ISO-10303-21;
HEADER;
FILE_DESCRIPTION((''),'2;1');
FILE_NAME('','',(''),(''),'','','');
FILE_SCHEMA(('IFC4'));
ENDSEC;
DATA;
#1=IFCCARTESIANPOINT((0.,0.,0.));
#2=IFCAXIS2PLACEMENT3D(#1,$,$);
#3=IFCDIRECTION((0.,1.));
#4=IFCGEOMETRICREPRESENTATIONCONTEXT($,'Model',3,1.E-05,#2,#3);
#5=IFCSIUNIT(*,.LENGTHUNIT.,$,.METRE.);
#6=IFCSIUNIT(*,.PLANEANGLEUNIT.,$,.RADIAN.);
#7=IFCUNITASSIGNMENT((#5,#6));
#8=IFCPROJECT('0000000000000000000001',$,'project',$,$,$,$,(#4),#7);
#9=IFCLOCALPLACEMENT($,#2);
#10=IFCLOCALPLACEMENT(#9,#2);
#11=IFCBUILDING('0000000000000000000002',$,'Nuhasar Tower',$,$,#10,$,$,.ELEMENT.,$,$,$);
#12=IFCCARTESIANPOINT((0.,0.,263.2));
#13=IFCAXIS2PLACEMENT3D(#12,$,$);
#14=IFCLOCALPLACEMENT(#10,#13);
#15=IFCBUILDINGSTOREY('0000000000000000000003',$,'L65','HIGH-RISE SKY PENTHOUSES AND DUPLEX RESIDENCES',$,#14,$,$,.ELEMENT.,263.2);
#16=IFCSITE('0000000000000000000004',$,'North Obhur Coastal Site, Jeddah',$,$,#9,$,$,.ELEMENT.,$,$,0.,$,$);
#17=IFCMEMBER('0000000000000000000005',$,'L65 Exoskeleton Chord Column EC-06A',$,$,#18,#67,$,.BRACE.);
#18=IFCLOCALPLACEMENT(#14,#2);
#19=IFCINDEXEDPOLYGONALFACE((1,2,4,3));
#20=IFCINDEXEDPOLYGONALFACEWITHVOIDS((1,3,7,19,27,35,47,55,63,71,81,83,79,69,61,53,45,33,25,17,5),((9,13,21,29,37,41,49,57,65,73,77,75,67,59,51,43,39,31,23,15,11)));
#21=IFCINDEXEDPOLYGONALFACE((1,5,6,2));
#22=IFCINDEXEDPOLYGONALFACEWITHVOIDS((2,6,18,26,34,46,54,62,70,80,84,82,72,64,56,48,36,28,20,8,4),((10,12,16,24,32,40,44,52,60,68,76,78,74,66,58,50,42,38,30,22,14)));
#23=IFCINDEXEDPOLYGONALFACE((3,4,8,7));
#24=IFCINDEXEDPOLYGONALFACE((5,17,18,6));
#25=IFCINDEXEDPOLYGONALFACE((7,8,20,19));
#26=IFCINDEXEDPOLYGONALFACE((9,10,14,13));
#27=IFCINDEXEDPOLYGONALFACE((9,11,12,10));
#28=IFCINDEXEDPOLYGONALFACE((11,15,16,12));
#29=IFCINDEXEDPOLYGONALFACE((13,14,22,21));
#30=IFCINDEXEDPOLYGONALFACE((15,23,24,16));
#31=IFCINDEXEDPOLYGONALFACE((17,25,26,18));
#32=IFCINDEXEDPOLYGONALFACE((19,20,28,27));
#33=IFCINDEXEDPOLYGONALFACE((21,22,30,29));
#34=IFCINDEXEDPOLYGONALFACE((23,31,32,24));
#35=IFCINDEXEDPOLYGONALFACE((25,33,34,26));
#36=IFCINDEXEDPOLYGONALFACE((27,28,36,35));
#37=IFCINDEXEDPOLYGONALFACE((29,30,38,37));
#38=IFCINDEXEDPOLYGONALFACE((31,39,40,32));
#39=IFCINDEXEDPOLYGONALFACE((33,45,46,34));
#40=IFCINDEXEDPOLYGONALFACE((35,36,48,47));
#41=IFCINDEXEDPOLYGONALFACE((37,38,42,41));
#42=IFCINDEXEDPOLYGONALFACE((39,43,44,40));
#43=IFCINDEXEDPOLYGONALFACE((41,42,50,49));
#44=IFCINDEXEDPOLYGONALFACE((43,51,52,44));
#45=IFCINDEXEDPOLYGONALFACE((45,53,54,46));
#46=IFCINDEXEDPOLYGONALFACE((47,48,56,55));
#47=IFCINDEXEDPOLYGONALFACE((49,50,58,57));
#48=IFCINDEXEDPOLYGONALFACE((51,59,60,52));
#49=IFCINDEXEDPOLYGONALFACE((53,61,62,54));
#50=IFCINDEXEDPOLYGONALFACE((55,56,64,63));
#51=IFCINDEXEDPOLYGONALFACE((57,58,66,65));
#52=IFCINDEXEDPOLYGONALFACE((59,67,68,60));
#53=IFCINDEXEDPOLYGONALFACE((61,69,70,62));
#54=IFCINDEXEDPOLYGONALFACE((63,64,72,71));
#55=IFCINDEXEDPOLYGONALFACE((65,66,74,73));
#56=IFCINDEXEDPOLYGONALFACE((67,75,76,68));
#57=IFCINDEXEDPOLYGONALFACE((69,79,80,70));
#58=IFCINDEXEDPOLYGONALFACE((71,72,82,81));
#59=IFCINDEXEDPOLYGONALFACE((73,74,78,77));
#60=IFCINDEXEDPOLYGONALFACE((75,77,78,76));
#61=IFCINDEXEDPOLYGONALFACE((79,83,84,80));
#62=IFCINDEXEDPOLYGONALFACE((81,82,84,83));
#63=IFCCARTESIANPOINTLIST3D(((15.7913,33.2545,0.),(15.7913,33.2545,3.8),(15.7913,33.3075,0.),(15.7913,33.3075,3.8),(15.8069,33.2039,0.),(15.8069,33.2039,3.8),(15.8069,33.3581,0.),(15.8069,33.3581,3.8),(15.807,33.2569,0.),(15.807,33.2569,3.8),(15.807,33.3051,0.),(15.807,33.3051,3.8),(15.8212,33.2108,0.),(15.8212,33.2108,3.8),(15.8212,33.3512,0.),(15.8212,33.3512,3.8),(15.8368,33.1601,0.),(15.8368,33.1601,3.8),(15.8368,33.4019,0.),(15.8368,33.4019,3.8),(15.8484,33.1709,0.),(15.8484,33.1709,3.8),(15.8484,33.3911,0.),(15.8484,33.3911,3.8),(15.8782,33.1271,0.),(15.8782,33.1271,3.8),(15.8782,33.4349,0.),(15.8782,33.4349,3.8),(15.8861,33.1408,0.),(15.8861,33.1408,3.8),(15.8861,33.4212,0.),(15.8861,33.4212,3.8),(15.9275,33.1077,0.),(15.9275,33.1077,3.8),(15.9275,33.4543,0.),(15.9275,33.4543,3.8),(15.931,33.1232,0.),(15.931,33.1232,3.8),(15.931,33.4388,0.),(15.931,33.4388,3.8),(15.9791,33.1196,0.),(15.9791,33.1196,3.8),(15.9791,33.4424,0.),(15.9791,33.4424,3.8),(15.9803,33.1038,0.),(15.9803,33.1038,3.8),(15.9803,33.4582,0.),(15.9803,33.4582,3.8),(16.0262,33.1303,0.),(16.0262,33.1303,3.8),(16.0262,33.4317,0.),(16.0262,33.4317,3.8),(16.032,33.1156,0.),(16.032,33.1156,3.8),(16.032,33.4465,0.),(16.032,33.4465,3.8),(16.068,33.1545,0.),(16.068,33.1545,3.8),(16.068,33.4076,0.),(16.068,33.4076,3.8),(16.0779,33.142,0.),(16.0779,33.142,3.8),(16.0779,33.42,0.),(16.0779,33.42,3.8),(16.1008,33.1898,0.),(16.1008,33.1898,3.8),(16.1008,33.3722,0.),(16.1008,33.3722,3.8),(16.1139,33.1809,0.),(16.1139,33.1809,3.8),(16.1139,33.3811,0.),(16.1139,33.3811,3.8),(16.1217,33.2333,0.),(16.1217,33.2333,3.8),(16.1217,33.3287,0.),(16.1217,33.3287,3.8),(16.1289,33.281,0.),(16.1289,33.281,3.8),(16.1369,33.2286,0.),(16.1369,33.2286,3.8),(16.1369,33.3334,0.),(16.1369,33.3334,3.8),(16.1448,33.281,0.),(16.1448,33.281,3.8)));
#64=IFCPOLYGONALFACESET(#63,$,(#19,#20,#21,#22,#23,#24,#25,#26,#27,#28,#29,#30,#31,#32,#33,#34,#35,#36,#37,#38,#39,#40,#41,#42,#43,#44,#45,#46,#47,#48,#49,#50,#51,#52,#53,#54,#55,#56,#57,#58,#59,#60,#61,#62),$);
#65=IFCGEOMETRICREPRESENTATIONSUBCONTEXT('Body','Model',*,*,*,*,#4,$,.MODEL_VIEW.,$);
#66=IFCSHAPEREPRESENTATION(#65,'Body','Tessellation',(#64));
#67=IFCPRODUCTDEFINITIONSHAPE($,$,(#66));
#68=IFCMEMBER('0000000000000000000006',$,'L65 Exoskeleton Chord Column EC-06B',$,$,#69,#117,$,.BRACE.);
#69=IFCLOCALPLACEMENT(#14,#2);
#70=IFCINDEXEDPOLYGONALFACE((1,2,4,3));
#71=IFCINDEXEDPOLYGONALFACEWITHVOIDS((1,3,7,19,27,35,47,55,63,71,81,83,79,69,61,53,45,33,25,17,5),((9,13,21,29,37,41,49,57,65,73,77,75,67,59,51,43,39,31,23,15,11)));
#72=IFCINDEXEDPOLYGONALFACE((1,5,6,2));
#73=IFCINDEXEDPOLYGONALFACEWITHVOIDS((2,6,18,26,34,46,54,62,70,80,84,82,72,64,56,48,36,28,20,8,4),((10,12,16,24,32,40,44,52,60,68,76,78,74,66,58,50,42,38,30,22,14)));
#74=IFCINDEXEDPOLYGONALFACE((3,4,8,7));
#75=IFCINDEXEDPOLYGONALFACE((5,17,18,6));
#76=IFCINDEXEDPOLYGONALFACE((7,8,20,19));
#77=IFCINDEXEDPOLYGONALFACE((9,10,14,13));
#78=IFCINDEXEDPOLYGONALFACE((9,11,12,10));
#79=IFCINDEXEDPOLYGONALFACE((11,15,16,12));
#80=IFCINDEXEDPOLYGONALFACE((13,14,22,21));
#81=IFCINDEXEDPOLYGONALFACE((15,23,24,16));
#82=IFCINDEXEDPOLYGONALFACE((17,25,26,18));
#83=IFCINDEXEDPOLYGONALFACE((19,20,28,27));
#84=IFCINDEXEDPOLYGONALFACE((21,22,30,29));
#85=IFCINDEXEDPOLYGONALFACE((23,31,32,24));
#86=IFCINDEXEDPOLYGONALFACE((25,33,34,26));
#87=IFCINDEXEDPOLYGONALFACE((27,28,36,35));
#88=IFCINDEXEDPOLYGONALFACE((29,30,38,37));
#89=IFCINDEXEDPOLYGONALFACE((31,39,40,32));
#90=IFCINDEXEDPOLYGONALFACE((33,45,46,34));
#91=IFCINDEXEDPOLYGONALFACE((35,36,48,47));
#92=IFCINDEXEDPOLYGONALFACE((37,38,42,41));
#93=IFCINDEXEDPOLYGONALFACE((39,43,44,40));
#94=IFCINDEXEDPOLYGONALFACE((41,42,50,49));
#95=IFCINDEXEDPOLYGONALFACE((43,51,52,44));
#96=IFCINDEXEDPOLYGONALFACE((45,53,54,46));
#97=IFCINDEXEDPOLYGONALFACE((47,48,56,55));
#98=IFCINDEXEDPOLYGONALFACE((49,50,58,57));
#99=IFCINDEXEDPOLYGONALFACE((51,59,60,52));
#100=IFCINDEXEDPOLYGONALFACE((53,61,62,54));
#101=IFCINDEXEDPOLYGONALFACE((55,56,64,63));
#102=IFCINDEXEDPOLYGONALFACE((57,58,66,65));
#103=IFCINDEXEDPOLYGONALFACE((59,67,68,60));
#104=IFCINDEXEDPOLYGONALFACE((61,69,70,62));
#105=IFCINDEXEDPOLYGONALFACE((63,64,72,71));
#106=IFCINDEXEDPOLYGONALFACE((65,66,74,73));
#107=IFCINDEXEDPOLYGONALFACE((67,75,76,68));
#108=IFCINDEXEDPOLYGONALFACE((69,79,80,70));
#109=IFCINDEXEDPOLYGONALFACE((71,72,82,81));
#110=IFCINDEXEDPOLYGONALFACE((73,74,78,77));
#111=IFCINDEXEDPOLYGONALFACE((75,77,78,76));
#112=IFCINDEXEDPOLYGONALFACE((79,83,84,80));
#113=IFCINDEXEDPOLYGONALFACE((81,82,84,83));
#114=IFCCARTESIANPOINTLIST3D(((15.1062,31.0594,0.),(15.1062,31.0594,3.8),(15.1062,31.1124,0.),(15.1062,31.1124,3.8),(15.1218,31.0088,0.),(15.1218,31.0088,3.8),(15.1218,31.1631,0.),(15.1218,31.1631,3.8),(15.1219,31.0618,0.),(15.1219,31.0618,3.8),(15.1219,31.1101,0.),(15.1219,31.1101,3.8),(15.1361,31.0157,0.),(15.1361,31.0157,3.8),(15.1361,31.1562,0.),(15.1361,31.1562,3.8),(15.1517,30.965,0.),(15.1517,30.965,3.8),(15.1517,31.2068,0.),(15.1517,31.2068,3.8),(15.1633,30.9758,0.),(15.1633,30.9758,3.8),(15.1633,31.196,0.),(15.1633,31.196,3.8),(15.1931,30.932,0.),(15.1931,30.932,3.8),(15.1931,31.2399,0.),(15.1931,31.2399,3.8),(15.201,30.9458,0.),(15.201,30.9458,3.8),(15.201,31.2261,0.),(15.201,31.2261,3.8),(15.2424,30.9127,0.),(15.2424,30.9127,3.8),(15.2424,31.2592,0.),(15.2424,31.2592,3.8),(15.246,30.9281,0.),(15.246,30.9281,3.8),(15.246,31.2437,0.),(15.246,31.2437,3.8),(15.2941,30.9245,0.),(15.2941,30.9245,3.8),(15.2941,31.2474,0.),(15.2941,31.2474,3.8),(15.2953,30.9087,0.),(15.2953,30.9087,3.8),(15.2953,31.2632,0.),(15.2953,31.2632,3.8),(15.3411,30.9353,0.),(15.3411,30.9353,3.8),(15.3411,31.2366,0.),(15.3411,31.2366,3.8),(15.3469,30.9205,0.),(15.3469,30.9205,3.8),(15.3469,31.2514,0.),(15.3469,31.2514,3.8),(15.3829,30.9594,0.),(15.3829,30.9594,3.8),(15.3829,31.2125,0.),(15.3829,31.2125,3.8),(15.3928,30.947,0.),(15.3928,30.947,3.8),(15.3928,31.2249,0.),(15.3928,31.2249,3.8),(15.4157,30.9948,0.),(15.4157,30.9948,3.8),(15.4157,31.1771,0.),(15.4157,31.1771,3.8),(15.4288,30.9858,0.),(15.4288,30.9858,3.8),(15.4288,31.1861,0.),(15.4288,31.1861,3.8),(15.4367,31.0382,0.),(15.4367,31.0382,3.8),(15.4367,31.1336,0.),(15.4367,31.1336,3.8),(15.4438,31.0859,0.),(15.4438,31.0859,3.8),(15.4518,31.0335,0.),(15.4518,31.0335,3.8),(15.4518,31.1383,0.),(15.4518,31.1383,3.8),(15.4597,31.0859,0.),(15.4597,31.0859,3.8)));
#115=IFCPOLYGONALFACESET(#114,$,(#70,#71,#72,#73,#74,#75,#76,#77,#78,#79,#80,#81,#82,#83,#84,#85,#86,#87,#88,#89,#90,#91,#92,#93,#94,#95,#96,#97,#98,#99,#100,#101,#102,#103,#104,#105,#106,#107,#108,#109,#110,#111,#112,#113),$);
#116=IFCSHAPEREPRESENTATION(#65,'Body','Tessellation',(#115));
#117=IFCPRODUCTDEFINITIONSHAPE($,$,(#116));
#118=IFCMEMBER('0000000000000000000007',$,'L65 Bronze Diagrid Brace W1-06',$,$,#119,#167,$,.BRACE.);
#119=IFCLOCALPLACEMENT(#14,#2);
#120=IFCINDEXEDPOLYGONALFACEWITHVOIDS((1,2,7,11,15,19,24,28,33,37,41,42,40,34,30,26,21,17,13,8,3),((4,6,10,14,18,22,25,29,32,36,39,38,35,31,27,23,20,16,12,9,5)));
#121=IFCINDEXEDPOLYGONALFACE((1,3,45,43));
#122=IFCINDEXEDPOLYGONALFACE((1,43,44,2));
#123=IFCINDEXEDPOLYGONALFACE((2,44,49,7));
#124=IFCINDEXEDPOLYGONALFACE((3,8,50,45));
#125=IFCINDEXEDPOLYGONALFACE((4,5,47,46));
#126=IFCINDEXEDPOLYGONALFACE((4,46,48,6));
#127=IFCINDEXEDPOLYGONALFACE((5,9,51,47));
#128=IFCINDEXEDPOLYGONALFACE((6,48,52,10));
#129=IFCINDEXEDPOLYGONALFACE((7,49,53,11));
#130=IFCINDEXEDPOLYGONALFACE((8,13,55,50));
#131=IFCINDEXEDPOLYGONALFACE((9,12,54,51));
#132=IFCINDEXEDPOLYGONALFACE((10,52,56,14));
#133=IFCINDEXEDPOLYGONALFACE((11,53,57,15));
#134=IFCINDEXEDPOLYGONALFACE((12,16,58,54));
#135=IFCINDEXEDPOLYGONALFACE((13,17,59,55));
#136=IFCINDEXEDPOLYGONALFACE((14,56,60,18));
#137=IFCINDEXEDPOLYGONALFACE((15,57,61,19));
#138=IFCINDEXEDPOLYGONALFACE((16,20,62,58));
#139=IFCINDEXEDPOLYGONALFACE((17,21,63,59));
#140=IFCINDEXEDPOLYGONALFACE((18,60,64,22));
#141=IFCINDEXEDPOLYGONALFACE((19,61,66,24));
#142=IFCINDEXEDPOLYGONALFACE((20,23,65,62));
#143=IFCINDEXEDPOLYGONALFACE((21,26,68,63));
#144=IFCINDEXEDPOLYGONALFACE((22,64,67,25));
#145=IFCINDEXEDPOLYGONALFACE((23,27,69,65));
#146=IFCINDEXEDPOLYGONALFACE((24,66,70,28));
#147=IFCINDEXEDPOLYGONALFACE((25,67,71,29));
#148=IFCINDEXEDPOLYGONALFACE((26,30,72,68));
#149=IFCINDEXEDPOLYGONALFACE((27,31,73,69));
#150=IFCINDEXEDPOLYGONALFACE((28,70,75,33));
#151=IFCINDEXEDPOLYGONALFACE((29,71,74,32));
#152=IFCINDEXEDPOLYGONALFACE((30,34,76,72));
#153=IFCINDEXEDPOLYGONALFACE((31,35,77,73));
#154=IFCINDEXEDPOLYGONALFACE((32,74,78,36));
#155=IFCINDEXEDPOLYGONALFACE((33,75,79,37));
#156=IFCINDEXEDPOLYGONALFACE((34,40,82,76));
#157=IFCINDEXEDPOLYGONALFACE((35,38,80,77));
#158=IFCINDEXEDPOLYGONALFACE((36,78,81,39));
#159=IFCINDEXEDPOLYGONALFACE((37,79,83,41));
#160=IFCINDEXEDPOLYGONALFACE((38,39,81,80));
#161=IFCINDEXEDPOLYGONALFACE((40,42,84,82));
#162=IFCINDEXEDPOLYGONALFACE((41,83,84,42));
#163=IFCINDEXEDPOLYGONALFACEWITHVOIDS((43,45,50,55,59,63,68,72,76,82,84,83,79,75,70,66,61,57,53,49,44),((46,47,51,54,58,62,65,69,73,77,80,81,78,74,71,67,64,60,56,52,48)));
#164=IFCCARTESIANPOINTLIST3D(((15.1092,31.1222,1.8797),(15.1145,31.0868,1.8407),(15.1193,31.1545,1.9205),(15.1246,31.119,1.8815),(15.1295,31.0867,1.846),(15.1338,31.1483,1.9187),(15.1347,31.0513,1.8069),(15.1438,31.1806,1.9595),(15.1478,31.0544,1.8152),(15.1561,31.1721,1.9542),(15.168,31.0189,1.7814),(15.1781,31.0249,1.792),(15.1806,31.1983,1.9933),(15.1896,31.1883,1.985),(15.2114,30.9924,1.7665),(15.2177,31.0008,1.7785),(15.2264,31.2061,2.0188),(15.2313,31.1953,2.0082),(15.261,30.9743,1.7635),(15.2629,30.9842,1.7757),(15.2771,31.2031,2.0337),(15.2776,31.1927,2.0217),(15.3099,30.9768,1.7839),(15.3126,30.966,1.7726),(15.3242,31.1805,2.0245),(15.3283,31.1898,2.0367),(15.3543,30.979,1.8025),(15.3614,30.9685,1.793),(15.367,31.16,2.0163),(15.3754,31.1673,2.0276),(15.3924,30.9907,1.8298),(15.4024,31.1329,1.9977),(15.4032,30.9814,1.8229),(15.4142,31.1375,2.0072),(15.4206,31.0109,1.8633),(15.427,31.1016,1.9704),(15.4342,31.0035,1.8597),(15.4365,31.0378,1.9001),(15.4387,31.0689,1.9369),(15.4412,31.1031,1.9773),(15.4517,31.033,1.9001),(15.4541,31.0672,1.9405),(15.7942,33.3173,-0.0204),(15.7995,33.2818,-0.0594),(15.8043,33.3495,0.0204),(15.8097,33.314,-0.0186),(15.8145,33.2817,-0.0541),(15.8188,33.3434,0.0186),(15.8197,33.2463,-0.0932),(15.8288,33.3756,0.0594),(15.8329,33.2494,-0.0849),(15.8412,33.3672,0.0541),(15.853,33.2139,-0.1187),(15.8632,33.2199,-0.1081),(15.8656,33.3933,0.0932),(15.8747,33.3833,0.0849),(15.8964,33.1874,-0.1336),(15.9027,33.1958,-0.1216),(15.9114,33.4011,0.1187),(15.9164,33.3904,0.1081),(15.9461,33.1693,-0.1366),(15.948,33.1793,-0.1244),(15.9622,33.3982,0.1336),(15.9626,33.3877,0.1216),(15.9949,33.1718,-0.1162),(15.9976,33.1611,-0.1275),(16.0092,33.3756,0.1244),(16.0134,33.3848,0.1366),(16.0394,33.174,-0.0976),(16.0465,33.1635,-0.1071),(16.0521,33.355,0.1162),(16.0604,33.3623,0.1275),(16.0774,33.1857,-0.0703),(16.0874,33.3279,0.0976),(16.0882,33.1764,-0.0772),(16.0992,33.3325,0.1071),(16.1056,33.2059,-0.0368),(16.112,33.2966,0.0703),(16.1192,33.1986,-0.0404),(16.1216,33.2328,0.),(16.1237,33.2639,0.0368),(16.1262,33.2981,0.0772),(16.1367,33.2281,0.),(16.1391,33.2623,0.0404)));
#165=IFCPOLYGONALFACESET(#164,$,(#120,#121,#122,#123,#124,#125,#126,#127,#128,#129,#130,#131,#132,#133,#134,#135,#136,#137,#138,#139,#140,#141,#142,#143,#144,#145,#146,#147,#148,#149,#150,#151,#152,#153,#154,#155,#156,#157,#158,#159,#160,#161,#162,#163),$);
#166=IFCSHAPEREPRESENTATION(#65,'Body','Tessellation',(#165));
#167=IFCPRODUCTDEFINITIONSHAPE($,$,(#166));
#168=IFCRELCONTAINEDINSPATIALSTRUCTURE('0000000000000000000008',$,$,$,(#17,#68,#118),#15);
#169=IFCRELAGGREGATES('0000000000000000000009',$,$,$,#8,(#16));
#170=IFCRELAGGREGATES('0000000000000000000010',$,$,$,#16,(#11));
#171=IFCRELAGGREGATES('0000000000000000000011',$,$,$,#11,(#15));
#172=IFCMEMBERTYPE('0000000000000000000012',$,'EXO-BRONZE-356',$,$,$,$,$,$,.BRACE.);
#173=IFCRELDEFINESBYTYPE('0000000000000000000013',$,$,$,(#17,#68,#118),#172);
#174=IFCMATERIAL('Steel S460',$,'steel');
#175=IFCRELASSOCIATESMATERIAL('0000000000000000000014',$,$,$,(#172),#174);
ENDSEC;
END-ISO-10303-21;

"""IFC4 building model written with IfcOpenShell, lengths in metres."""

from ifc_helpers import new_model, si_unit, direction, frame, origin, origin_2d, place, context, subcontext, project, spatial, hollow_circle, extrude, material, material_profile, profile_set, type_object, element, save


model = new_model("IFC4")

# Units and contexts
model_context = context("Model", 3, precision=1e-05, world=origin(), true_north=direction((0.0, 1.0)))
body_context = subcontext(model_context, "Body", "Model", "MODEL_VIEW")
ifc_project = project(units=[si_unit("LENGTHUNIT", "METRE"), si_unit("PLANEANGLEUNIT", "RADIAN")], contexts=[model_context])

# Site, building, storey
site_placement = place(None, origin())
site = spatial("IfcSite", under=ifc_project, at=site_placement, Name="North Obhur Coastal Site, Jeddah", CompositionType="ELEMENT", RefElevation=0.0)
building_placement = place(site_placement, origin())
building = spatial("IfcBuilding", under=site, at=building_placement, Name="Nuhasar Tower", CompositionType="ELEMENT")
storey_placement = place(building_placement, frame((0.0, 0.0, 263.2)))
storey = spatial("IfcBuildingStorey", under=building, at=storey_placement, Name="L65", Description="HIGH-RISE SKY PENTHOUSES AND DUPLEX RESIDENCES", CompositionType="ELEMENT", Elevation=263.2)

# Members
ifc_material_1 = material(Name="Steel S460", Category="steel")
ifc_material_profile_1 = material_profile(ifc_material_1, hollow_circle(Radius=0.1777, WallThickness=0.0159, at=origin_2d()), Name="HSS355.6X15.9")
ifc_profile_set_1 = profile_set([ifc_material_profile_1], Name="Steel S460")
member_type_1 = type_object("IfcMemberType", Name="EXO-BRONZE-356", PredefinedType="BRACE", material=ifc_profile_set_1)
for number, where, z_axis, x_axis, name in (
    (1, (15.967, 33.281, 0.0), (0.0, 0.0, 1.0), (1.0, 0.0, 0.0), "L65 Exoskeleton Chord Column EC-06A"),
    (2, (15.282, 31.0859, 0.0), (0.0, 0.0, 1.0), (1.0, 0.0, 0.0), "L65 Exoskeleton Chord Column EC-06B"),
):
    element("IfcMember", number, at=place(storey_placement, frame(where, z_axis=z_axis, x_axis=x_axis)), inside=storey, type_object=member_type_1, Name=name, PredefinedType="BRACE", context=body_context, shape_type="SweptSolid", body=[
        extrude(hollow_circle(Radius=0.1777, WallThickness=0.0159, at=origin_2d()), origin(), (0.0, 0.0, 1.0), 3.8),
    ])
for number, where, z_axis, x_axis, name in (
    (3, (15.967, 33.281, 0.0), (-0.229656, -0.735864, 0.636995), (0.954591, -0.297918, 0.0), "L65 Bronze Diagrid Brace W1-06"),
):
    element("IfcMember", number, at=place(storey_placement, frame(where, z_axis=z_axis, x_axis=x_axis)), inside=storey, type_object=member_type_1, Name=name, PredefinedType="BRACE", context=body_context, shape_type="SweptSolid", body=[
        extrude(hollow_circle(Radius=0.1777, WallThickness=0.0159, at=origin_2d()), origin(), (0.0, 0.0, 1.0), 2.9829),
    ])

save(model, "model.ifc")
